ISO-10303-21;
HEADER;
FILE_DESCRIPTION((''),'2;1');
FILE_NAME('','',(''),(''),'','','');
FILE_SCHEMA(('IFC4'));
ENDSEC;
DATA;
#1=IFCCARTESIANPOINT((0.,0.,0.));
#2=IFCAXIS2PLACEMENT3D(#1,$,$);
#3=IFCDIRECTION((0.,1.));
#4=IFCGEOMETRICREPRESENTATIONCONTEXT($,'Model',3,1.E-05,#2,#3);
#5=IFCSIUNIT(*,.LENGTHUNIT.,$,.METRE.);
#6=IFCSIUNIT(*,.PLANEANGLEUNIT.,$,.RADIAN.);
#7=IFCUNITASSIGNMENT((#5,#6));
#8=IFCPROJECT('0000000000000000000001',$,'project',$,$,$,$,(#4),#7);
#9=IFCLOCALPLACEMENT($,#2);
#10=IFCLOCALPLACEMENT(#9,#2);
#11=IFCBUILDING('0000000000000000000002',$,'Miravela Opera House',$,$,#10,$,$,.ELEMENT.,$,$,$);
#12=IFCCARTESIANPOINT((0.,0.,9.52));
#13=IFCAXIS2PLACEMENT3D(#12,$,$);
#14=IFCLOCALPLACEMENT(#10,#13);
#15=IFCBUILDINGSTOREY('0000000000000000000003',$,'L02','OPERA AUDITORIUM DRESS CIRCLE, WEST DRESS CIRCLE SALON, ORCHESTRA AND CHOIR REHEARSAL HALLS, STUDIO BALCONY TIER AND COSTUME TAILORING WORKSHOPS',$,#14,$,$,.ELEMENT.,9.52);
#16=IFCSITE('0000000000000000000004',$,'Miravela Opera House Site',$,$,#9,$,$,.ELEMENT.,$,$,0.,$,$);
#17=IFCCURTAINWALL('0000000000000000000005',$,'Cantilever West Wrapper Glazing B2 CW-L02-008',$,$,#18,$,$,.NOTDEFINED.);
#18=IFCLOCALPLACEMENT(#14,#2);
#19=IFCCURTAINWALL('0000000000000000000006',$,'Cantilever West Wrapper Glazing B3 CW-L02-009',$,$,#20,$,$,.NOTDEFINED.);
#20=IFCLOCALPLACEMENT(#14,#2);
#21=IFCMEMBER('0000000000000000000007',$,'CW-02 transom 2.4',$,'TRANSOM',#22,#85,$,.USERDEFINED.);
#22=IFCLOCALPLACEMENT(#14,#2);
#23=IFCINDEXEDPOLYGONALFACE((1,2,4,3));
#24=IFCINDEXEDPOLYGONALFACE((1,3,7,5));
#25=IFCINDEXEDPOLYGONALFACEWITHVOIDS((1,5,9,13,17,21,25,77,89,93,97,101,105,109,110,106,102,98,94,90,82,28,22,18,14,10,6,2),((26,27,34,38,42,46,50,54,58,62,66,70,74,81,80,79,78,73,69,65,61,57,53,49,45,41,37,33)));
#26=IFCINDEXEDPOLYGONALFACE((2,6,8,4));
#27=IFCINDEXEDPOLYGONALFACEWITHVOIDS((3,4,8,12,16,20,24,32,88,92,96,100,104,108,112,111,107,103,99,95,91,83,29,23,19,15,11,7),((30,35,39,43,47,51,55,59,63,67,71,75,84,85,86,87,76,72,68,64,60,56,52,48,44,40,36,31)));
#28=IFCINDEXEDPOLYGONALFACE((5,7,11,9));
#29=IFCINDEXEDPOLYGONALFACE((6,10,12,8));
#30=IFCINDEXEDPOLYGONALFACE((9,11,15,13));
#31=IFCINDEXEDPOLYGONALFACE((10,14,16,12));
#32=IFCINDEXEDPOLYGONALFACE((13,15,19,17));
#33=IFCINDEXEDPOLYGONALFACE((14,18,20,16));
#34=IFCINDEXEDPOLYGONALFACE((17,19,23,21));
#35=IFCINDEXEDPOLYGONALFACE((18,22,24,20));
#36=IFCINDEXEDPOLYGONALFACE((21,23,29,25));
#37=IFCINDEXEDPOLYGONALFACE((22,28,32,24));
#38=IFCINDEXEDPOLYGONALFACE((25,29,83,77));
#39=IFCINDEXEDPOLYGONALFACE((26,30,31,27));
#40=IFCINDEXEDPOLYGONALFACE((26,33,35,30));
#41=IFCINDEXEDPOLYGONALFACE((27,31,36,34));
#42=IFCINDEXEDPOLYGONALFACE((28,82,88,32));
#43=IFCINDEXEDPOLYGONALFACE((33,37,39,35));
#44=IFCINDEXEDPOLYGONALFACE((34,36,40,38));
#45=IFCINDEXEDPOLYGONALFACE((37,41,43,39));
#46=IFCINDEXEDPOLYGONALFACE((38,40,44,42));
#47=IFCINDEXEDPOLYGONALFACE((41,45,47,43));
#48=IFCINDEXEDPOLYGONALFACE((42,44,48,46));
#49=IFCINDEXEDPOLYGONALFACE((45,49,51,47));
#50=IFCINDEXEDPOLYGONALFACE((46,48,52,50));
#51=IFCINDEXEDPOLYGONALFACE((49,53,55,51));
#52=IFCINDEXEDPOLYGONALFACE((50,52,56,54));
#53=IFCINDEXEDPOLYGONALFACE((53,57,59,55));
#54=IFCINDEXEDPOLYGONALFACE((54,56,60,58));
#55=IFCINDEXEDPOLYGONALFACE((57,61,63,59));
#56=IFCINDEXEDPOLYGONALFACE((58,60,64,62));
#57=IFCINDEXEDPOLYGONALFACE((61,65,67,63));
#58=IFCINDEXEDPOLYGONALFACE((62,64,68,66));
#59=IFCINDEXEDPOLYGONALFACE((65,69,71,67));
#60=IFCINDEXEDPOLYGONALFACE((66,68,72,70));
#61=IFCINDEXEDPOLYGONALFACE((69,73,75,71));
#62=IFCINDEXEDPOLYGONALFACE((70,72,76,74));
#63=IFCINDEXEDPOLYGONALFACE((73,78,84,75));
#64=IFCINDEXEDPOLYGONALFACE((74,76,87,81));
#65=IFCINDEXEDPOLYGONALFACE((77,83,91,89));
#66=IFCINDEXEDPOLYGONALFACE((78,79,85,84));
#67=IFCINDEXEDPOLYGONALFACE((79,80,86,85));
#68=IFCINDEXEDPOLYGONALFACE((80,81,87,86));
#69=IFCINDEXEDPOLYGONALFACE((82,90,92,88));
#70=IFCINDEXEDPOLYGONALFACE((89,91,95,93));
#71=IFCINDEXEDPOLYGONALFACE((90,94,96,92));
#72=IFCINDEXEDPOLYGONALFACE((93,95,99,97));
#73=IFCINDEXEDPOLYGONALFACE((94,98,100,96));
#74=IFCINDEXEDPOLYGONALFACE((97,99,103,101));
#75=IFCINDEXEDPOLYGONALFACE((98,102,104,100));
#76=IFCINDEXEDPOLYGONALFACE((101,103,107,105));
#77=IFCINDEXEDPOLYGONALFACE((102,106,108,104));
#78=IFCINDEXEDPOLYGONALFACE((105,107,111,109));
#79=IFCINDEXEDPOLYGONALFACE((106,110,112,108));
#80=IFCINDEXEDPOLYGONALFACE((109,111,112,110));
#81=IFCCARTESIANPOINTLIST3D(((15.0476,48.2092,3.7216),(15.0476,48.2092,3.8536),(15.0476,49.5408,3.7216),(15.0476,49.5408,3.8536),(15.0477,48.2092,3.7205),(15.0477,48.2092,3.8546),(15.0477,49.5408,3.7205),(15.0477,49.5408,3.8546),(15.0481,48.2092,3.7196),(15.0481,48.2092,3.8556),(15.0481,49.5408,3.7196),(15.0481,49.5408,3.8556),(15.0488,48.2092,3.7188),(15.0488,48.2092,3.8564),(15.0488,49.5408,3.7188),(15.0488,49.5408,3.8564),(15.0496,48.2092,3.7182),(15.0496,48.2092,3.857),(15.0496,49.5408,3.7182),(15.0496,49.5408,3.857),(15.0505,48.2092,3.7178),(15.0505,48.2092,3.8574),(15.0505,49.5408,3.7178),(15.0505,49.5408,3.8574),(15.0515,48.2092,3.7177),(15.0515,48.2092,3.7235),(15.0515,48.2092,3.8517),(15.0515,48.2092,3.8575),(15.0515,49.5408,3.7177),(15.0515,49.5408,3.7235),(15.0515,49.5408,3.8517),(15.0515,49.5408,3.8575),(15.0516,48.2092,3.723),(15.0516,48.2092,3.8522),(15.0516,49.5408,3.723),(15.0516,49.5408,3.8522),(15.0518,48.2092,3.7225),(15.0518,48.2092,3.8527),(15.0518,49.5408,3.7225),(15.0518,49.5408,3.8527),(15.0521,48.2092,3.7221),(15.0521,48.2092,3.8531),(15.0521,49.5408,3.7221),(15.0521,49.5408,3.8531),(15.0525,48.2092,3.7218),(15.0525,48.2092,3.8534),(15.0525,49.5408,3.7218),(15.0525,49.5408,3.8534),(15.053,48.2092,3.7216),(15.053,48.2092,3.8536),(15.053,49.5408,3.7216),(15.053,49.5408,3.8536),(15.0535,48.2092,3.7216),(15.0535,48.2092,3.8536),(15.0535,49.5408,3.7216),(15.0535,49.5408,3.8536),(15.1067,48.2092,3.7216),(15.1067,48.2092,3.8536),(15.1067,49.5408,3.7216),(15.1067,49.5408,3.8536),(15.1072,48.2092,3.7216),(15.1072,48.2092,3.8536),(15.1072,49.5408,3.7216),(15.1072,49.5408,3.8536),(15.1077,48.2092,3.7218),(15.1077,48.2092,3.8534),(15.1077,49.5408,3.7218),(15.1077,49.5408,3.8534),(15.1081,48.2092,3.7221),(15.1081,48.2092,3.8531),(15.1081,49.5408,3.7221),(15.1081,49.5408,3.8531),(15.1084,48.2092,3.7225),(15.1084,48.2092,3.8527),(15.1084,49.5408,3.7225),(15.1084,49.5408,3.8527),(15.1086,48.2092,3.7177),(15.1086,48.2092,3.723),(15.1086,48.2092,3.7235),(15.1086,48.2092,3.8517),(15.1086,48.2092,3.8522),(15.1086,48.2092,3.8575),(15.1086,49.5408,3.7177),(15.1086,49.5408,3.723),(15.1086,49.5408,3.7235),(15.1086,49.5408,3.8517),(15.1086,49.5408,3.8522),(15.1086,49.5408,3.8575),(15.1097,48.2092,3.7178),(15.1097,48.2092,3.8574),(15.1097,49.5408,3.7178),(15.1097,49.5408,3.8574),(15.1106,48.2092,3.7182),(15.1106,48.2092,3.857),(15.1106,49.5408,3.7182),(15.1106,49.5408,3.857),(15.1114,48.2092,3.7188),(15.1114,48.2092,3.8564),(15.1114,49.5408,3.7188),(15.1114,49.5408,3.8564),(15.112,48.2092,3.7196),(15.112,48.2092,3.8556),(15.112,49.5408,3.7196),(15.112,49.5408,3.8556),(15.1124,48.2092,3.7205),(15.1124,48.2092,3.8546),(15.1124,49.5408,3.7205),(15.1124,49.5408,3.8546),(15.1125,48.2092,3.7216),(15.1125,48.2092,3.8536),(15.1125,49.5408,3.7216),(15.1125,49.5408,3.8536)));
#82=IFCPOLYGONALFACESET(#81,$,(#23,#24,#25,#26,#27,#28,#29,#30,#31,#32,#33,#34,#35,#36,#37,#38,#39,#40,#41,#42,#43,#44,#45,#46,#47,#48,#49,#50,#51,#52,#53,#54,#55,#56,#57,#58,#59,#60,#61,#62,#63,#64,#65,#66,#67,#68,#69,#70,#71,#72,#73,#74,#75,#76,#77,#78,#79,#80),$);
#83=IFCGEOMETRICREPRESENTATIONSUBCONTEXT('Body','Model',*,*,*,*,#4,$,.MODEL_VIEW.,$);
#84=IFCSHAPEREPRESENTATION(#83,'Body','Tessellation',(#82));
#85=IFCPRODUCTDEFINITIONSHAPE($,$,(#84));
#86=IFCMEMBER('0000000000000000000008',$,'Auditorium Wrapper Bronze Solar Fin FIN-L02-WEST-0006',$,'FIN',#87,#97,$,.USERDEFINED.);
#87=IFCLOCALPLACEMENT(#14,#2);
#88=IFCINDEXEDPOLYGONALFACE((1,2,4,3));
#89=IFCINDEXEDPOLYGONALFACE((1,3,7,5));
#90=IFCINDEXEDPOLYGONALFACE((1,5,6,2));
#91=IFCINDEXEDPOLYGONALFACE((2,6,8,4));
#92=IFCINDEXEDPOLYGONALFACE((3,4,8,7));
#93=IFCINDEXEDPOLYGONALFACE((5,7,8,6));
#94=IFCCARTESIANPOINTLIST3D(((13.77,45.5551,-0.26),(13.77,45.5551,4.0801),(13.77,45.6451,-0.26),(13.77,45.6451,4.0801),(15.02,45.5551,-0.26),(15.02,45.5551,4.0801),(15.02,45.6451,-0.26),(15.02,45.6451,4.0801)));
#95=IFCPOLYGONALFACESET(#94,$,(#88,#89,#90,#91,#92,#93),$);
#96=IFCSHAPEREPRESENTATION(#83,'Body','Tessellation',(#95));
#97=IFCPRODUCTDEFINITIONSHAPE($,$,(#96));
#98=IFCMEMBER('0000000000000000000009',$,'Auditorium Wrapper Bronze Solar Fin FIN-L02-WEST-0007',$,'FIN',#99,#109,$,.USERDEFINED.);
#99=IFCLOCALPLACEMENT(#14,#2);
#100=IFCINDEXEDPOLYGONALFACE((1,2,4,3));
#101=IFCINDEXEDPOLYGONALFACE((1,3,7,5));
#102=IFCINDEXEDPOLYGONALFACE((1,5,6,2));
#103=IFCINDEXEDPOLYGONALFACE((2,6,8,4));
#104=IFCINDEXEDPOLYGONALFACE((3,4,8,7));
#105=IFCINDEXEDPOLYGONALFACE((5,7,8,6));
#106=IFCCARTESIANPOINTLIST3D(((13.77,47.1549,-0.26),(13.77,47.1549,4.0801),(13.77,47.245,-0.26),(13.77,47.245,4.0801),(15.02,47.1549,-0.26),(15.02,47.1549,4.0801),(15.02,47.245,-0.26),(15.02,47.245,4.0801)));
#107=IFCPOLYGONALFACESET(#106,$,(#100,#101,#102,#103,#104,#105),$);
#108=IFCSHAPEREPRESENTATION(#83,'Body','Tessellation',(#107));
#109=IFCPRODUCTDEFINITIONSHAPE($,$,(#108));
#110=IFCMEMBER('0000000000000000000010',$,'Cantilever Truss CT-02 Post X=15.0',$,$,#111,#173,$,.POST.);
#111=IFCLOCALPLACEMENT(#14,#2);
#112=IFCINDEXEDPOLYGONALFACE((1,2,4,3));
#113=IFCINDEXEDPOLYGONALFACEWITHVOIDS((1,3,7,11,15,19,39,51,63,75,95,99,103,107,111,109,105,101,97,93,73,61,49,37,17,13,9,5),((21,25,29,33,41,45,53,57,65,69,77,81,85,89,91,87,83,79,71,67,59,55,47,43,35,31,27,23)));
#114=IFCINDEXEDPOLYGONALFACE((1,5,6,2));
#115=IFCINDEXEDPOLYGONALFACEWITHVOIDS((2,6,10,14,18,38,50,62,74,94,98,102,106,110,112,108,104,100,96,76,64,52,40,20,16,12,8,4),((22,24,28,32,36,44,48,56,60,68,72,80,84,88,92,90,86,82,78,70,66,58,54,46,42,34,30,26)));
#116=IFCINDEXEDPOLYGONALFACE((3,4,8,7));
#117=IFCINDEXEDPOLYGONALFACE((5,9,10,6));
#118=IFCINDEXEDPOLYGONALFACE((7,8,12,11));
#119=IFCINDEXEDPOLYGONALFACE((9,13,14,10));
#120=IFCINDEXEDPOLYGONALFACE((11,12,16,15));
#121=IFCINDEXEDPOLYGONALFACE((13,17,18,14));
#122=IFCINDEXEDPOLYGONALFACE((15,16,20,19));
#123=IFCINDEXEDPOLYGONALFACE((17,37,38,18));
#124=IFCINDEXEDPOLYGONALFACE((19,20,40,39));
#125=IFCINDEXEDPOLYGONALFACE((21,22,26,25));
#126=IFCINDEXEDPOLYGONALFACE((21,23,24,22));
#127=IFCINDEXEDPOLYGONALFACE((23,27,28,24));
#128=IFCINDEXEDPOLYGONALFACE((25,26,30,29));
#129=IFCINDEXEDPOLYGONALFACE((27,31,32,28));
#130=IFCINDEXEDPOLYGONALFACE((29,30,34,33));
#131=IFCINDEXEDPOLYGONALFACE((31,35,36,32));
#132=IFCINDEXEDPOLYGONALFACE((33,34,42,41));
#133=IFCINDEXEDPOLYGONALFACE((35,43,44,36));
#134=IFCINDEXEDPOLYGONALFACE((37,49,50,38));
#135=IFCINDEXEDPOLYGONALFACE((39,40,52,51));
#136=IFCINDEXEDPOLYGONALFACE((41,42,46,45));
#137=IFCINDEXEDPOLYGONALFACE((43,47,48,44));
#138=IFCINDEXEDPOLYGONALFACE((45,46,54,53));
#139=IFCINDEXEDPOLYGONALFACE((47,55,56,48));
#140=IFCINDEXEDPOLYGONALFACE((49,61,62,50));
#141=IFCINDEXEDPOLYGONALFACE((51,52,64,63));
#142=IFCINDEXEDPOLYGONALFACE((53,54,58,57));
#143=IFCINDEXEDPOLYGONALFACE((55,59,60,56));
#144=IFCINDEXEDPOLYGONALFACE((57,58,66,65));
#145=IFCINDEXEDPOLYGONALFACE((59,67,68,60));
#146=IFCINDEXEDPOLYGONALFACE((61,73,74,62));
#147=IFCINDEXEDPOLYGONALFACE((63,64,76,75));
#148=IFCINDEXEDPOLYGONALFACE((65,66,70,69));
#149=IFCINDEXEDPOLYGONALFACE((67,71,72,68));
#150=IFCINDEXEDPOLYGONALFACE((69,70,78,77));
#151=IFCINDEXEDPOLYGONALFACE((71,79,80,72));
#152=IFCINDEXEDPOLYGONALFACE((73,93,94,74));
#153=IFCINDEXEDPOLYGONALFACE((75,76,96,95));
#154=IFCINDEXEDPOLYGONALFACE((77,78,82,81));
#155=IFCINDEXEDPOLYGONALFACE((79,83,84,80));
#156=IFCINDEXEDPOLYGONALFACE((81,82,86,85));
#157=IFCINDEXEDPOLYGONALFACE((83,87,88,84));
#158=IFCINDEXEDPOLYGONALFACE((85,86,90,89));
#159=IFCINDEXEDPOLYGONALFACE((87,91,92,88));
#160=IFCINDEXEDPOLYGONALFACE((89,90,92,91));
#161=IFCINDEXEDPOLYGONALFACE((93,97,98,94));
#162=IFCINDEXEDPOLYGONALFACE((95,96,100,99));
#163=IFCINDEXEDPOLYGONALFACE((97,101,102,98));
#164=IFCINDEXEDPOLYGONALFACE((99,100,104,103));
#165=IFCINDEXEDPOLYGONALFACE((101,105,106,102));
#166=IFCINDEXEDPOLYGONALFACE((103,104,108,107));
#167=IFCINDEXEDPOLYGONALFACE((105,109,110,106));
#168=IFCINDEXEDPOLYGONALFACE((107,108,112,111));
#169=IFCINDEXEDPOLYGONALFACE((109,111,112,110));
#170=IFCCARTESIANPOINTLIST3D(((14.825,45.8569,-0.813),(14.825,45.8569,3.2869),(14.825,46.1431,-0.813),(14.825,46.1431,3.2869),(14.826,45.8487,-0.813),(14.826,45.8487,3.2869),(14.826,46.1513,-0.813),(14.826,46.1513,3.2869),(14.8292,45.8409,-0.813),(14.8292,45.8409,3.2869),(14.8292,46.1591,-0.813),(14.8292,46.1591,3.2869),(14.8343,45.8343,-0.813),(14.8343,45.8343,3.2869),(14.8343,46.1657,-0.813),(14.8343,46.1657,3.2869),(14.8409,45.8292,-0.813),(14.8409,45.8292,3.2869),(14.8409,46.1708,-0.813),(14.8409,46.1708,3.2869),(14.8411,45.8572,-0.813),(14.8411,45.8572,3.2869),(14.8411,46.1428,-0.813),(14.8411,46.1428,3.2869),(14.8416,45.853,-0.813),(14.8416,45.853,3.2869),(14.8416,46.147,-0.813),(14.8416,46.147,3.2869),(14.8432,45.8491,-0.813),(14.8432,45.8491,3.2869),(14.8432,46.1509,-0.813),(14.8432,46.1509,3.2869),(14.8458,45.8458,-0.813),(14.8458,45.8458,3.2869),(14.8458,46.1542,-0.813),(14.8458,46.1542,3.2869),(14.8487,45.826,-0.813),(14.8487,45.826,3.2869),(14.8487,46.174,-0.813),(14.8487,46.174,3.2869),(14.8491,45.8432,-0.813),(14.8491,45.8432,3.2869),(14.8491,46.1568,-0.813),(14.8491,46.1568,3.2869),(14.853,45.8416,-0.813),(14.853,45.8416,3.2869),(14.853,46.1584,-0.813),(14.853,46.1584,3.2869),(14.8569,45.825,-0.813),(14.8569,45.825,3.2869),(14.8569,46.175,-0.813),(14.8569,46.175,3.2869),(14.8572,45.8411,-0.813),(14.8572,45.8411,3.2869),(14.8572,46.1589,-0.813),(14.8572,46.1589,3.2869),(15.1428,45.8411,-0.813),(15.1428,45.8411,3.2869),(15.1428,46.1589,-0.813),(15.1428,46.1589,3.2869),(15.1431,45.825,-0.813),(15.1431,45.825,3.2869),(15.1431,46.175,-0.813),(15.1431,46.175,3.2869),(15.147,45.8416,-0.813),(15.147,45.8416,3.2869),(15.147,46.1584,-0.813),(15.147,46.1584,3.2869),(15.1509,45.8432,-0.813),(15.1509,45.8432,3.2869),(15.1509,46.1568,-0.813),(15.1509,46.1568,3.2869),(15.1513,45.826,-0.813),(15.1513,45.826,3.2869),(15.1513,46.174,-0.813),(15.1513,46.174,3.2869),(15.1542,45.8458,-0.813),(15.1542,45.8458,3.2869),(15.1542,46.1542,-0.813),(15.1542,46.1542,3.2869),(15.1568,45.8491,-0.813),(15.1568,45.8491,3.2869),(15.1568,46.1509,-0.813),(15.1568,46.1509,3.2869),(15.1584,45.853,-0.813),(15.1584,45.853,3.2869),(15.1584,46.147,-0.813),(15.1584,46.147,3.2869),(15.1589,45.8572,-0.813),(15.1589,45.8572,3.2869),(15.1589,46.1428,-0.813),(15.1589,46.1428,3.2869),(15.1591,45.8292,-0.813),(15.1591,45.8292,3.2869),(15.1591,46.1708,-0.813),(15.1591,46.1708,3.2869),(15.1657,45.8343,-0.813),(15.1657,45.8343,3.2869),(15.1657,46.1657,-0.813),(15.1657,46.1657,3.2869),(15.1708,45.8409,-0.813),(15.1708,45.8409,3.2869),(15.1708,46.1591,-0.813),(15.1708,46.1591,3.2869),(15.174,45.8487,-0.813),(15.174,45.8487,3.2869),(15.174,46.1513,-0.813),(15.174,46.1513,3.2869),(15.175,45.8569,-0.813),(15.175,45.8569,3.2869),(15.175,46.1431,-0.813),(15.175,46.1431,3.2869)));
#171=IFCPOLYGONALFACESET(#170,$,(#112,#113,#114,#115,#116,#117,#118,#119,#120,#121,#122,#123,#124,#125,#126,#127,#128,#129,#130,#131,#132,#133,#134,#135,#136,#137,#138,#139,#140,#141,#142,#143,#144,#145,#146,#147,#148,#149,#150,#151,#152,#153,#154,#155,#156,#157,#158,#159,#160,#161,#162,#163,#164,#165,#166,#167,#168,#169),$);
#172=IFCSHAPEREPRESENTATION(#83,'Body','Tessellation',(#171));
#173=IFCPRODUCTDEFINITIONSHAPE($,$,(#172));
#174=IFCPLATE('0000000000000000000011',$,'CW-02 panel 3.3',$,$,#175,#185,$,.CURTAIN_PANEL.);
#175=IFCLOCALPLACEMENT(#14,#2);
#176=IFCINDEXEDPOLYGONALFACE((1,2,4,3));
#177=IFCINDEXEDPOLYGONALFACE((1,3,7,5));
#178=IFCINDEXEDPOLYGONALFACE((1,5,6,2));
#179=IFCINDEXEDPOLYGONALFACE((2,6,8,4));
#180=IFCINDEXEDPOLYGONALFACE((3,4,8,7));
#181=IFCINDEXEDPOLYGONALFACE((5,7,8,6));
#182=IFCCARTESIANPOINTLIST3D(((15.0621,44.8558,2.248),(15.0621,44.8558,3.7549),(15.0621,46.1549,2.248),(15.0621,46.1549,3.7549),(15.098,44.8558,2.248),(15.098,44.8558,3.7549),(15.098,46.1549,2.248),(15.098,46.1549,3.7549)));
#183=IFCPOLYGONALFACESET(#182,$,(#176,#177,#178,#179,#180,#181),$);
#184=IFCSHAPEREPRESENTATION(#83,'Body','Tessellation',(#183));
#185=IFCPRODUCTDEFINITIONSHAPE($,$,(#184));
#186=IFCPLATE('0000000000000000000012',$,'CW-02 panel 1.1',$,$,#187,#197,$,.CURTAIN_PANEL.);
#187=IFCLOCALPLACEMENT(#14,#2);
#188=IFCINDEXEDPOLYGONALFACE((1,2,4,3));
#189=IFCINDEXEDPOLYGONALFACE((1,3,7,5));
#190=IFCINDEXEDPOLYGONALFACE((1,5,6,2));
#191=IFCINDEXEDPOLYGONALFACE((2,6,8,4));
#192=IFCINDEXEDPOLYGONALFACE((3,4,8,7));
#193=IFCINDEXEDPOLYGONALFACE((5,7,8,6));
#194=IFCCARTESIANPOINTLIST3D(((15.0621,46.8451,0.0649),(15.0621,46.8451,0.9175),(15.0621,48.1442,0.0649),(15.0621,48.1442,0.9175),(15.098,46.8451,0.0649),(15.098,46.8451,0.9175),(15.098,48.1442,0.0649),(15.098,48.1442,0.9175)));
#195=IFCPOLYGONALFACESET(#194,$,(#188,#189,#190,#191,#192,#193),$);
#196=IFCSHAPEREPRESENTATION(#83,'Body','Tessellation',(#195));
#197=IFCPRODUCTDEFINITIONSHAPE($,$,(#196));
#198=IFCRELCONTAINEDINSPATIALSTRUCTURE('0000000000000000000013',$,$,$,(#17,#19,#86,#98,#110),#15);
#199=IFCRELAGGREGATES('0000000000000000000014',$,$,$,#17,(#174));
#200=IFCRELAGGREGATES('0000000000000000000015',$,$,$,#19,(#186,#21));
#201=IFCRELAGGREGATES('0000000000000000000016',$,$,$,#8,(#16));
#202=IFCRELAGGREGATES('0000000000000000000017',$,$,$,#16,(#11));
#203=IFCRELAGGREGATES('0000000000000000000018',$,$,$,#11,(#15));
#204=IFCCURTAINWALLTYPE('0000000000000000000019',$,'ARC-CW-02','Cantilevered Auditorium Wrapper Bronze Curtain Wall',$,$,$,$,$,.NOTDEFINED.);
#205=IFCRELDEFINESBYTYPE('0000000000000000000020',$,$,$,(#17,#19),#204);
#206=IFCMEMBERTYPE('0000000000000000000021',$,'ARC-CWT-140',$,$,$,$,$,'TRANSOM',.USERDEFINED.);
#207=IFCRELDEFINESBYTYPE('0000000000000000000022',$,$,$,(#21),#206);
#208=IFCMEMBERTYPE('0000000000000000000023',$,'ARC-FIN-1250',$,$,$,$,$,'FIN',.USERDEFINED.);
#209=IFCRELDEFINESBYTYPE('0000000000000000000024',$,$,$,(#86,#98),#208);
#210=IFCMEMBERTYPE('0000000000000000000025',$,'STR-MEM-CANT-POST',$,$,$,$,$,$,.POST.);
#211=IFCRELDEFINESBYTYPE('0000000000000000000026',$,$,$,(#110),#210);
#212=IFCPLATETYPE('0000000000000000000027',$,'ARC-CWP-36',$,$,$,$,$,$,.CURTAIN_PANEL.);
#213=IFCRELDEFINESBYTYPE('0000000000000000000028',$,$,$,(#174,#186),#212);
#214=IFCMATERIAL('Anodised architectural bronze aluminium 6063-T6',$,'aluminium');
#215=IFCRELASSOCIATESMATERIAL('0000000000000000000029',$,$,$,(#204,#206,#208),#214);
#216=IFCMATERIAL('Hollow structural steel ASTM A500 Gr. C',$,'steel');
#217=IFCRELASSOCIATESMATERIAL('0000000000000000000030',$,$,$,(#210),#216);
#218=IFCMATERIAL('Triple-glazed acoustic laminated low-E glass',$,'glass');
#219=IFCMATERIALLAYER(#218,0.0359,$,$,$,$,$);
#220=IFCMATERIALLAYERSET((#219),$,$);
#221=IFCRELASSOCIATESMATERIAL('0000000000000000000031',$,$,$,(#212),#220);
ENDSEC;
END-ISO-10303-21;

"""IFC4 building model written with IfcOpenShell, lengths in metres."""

from ifc_helpers import new_model, si_unit, direction, frame, origin, origin_2d, place, context, subcontext, project, spatial, rectangle, hollow_rectangle, extrude, material, layer, layer_set, material_profile, profile_set, type_object, element, aggregate, save


model = new_model("IFC4")

# Units and contexts
model_context = context("Model", 3, precision=1e-05, world=origin(), true_north=direction((0.0, 1.0)))
body_context = subcontext(model_context, "Body", "Model", "MODEL_VIEW")
ifc_project = project(units=[si_unit("LENGTHUNIT", "METRE"), si_unit("PLANEANGLEUNIT", "RADIAN")], contexts=[model_context])

# Site, building, storey
site_placement = place(None, origin())
site = spatial("IfcSite", under=ifc_project, at=site_placement, Name="Miravela Opera House Site", CompositionType="ELEMENT", RefElevation=0.0)
building_placement = place(site_placement, origin())
building = spatial("IfcBuilding", under=site, at=building_placement, Name="Miravela Opera House", CompositionType="ELEMENT")
storey_placement = place(building_placement, frame((0.0, 0.0, 9.52)))
storey = spatial("IfcBuildingStorey", under=building, at=storey_placement, Name="L02", Description="OPERA AUDITORIUM DRESS CIRCLE, WEST DRESS CIRCLE SALON, ORCHESTRA AND CHOIR REHEARSAL HALLS, STUDIO BALCONY TIER AND COSTUME TAILORING WORKSHOPS", CompositionType="ELEMENT", Elevation=9.52)

# Curtain wall
ifc_material_1 = material(Name="Anodised architectural bronze aluminium 6063-T6", Category="aluminium")
curtain_wall_type = type_object("IfcCurtainWallType", Name="ARC-CW-02", Description="Cantilevered Auditorium Wrapper Bronze Curtain Wall", PredefinedType="NOTDEFINED", material=ifc_material_1)
curtain_wall_1_placement = place(storey_placement, origin())
curtain_wall_1 = element("IfcCurtainWall", 1, at=curtain_wall_1_placement, inside=storey, type_object=curtain_wall_type, Name="Cantilever West Wrapper Glazing B2 CW-L02-008", PredefinedType="NOTDEFINED")

# Curtain wall, member
curtain_wall_2_placement = place(storey_placement, origin())
curtain_wall_2 = element("IfcCurtainWall", 2, at=curtain_wall_2_placement, inside=storey, type_object=curtain_wall_type, Name="Cantilever West Wrapper Glazing B3 CW-L02-009", PredefinedType="NOTDEFINED")
ifc_material_profile_1 = material_profile(ifc_material_1, hollow_rectangle(XDim=0.0649, YDim=0.1399, WallThickness=0.0039, InnerFilletRadius=0.002, OuterFilletRadius=0.0039, at=origin_2d()), Name="CWT-65X140")
ifc_profile_set_1 = profile_set([ifc_material_profile_1])
member_type_1 = type_object("IfcMemberType", Name="ARC-CWT-140", ElementType="TRANSOM", PredefinedType="USERDEFINED", material=ifc_profile_set_1)
member_1_placement = place(storey_placement, frame((15.0801, 48.2092, 3.7876), z_axis=(0.0, 1.0, 0.0), x_axis=(-1.0, 0.0, 0.0)))
member_1 = element("IfcMember", 3, at=member_1_placement, type_object=member_type_1, Name="CW-02 transom 2.4", ObjectType="TRANSOM", PredefinedType="USERDEFINED", context=body_context, shape_type="SweptSolid", body=[
    extrude(hollow_rectangle(XDim=0.0649, YDim=0.1399, WallThickness=0.0039, InnerFilletRadius=0.002, OuterFilletRadius=0.0039, at=origin_2d()), origin(), (0.0, 0.0, 1.0), 1.3315),
])

# Members
ifc_material_profile_2 = material_profile(ifc_material_1, rectangle(XDim=0.0901, YDim=1.25, at=origin_2d()), Name="FIN-1250X90")
ifc_profile_set_2 = profile_set([ifc_material_profile_2])
member_type_2 = type_object("IfcMemberType", Name="ARC-FIN-1250", ElementType="FIN", PredefinedType="USERDEFINED", material=ifc_profile_set_2)
for number, where, z_axis, x_axis, name in (
    (4, (14.395, 45.6001, -0.26), (0.0, 0.0, 1.0), (0.0, 1.0, 0.0), "Auditorium Wrapper Bronze Solar Fin FIN-L02-WEST-0006"),
    (5, (14.395, 47.2, -0.26), (0.0, 0.0, 1.0), (0.0, 1.0, 0.0), "Auditorium Wrapper Bronze Solar Fin FIN-L02-WEST-0007"),
):
    element("IfcMember", number, at=place(storey_placement, frame(where, z_axis=z_axis, x_axis=x_axis)), inside=storey, type_object=member_type_2, Name=name, ObjectType="FIN", PredefinedType="USERDEFINED", context=body_context, shape_type="SweptSolid", body=[
        extrude(rectangle(XDim=0.0901, YDim=1.25, at=origin_2d()), origin(), (0.0, 0.0, 1.0), 4.3401),
    ])
ifc_material_2 = material(Name="Hollow structural steel ASTM A500 Gr. C", Category="steel")
ifc_material_profile_3 = material_profile(ifc_material_2, hollow_rectangle(XDim=0.3501, YDim=0.3501, WallThickness=0.0161, InnerFilletRadius=0.0161, OuterFilletRadius=0.032, at=origin_2d()), Name="HSS350X350X16")
ifc_profile_set_3 = profile_set([ifc_material_profile_3])
member_type_3 = type_object("IfcMemberType", Name="STR-MEM-CANT-POST", PredefinedType="POST", material=ifc_profile_set_3)
member_2_placement = place(storey_placement, frame((15.0, 46.0, -0.813), z_axis=(0.0, 0.0, 1.0), x_axis=(1.0, 0.0, 0.0)))
element("IfcMember", 6, at=member_2_placement, inside=storey, type_object=member_type_3, Name="Cantilever Truss CT-02 Post X=15.0", PredefinedType="POST", context=body_context, shape_type="SweptSolid", body=[
    extrude(hollow_rectangle(XDim=0.3501, YDim=0.3501, WallThickness=0.0161, InnerFilletRadius=0.0161, OuterFilletRadius=0.032, at=origin_2d()), origin(), (0.0, 0.0, 1.0), 4.0999),
])

# Plates
ifc_material_3 = material(Name="Triple-glazed acoustic laminated low-E glass", Category="glass")
ifc_layer_1 = layer(ifc_material_3, 0.0359)
ifc_layer_set_1 = layer_set([ifc_layer_1])
plate_type_1 = type_object("IfcPlateType", Name="ARC-CWP-36", PredefinedType="CURTAIN_PANEL", material=ifc_layer_set_1)
plate_1_placement = place(storey_placement, frame((15.0801, 45.5054, 2.248), z_axis=(0.0, 0.0, 1.0), x_axis=(0.0, 1.0, 0.0)))
plate_1 = element("IfcPlate", 7, at=plate_1_placement, type_object=plate_type_1, Name="CW-02 panel 3.3", PredefinedType="CURTAIN_PANEL", context=body_context, shape_type="SweptSolid", body=[
    extrude(rectangle(XDim=1.2991, YDim=0.0359, at=origin_2d()), origin(), (0.0, 0.0, 1.0), 1.5068),
])
aggregate(curtain_wall_1, [plate_1])
plate_2_placement = place(storey_placement, frame((15.0801, 47.4946, 0.0649), z_axis=(0.0, 0.0, 1.0), x_axis=(0.0, 1.0, 0.0)))
plate_2 = element("IfcPlate", 8, at=plate_2_placement, type_object=plate_type_1, Name="CW-02 panel 1.1", PredefinedType="CURTAIN_PANEL", context=body_context, shape_type="SweptSolid", body=[
    extrude(rectangle(XDim=1.2991, YDim=0.0359, at=origin_2d()), origin(), (0.0, 0.0, 1.0), 0.8525),
])
aggregate(curtain_wall_2, [plate_2, member_1])

save(model, "model.ifc")
